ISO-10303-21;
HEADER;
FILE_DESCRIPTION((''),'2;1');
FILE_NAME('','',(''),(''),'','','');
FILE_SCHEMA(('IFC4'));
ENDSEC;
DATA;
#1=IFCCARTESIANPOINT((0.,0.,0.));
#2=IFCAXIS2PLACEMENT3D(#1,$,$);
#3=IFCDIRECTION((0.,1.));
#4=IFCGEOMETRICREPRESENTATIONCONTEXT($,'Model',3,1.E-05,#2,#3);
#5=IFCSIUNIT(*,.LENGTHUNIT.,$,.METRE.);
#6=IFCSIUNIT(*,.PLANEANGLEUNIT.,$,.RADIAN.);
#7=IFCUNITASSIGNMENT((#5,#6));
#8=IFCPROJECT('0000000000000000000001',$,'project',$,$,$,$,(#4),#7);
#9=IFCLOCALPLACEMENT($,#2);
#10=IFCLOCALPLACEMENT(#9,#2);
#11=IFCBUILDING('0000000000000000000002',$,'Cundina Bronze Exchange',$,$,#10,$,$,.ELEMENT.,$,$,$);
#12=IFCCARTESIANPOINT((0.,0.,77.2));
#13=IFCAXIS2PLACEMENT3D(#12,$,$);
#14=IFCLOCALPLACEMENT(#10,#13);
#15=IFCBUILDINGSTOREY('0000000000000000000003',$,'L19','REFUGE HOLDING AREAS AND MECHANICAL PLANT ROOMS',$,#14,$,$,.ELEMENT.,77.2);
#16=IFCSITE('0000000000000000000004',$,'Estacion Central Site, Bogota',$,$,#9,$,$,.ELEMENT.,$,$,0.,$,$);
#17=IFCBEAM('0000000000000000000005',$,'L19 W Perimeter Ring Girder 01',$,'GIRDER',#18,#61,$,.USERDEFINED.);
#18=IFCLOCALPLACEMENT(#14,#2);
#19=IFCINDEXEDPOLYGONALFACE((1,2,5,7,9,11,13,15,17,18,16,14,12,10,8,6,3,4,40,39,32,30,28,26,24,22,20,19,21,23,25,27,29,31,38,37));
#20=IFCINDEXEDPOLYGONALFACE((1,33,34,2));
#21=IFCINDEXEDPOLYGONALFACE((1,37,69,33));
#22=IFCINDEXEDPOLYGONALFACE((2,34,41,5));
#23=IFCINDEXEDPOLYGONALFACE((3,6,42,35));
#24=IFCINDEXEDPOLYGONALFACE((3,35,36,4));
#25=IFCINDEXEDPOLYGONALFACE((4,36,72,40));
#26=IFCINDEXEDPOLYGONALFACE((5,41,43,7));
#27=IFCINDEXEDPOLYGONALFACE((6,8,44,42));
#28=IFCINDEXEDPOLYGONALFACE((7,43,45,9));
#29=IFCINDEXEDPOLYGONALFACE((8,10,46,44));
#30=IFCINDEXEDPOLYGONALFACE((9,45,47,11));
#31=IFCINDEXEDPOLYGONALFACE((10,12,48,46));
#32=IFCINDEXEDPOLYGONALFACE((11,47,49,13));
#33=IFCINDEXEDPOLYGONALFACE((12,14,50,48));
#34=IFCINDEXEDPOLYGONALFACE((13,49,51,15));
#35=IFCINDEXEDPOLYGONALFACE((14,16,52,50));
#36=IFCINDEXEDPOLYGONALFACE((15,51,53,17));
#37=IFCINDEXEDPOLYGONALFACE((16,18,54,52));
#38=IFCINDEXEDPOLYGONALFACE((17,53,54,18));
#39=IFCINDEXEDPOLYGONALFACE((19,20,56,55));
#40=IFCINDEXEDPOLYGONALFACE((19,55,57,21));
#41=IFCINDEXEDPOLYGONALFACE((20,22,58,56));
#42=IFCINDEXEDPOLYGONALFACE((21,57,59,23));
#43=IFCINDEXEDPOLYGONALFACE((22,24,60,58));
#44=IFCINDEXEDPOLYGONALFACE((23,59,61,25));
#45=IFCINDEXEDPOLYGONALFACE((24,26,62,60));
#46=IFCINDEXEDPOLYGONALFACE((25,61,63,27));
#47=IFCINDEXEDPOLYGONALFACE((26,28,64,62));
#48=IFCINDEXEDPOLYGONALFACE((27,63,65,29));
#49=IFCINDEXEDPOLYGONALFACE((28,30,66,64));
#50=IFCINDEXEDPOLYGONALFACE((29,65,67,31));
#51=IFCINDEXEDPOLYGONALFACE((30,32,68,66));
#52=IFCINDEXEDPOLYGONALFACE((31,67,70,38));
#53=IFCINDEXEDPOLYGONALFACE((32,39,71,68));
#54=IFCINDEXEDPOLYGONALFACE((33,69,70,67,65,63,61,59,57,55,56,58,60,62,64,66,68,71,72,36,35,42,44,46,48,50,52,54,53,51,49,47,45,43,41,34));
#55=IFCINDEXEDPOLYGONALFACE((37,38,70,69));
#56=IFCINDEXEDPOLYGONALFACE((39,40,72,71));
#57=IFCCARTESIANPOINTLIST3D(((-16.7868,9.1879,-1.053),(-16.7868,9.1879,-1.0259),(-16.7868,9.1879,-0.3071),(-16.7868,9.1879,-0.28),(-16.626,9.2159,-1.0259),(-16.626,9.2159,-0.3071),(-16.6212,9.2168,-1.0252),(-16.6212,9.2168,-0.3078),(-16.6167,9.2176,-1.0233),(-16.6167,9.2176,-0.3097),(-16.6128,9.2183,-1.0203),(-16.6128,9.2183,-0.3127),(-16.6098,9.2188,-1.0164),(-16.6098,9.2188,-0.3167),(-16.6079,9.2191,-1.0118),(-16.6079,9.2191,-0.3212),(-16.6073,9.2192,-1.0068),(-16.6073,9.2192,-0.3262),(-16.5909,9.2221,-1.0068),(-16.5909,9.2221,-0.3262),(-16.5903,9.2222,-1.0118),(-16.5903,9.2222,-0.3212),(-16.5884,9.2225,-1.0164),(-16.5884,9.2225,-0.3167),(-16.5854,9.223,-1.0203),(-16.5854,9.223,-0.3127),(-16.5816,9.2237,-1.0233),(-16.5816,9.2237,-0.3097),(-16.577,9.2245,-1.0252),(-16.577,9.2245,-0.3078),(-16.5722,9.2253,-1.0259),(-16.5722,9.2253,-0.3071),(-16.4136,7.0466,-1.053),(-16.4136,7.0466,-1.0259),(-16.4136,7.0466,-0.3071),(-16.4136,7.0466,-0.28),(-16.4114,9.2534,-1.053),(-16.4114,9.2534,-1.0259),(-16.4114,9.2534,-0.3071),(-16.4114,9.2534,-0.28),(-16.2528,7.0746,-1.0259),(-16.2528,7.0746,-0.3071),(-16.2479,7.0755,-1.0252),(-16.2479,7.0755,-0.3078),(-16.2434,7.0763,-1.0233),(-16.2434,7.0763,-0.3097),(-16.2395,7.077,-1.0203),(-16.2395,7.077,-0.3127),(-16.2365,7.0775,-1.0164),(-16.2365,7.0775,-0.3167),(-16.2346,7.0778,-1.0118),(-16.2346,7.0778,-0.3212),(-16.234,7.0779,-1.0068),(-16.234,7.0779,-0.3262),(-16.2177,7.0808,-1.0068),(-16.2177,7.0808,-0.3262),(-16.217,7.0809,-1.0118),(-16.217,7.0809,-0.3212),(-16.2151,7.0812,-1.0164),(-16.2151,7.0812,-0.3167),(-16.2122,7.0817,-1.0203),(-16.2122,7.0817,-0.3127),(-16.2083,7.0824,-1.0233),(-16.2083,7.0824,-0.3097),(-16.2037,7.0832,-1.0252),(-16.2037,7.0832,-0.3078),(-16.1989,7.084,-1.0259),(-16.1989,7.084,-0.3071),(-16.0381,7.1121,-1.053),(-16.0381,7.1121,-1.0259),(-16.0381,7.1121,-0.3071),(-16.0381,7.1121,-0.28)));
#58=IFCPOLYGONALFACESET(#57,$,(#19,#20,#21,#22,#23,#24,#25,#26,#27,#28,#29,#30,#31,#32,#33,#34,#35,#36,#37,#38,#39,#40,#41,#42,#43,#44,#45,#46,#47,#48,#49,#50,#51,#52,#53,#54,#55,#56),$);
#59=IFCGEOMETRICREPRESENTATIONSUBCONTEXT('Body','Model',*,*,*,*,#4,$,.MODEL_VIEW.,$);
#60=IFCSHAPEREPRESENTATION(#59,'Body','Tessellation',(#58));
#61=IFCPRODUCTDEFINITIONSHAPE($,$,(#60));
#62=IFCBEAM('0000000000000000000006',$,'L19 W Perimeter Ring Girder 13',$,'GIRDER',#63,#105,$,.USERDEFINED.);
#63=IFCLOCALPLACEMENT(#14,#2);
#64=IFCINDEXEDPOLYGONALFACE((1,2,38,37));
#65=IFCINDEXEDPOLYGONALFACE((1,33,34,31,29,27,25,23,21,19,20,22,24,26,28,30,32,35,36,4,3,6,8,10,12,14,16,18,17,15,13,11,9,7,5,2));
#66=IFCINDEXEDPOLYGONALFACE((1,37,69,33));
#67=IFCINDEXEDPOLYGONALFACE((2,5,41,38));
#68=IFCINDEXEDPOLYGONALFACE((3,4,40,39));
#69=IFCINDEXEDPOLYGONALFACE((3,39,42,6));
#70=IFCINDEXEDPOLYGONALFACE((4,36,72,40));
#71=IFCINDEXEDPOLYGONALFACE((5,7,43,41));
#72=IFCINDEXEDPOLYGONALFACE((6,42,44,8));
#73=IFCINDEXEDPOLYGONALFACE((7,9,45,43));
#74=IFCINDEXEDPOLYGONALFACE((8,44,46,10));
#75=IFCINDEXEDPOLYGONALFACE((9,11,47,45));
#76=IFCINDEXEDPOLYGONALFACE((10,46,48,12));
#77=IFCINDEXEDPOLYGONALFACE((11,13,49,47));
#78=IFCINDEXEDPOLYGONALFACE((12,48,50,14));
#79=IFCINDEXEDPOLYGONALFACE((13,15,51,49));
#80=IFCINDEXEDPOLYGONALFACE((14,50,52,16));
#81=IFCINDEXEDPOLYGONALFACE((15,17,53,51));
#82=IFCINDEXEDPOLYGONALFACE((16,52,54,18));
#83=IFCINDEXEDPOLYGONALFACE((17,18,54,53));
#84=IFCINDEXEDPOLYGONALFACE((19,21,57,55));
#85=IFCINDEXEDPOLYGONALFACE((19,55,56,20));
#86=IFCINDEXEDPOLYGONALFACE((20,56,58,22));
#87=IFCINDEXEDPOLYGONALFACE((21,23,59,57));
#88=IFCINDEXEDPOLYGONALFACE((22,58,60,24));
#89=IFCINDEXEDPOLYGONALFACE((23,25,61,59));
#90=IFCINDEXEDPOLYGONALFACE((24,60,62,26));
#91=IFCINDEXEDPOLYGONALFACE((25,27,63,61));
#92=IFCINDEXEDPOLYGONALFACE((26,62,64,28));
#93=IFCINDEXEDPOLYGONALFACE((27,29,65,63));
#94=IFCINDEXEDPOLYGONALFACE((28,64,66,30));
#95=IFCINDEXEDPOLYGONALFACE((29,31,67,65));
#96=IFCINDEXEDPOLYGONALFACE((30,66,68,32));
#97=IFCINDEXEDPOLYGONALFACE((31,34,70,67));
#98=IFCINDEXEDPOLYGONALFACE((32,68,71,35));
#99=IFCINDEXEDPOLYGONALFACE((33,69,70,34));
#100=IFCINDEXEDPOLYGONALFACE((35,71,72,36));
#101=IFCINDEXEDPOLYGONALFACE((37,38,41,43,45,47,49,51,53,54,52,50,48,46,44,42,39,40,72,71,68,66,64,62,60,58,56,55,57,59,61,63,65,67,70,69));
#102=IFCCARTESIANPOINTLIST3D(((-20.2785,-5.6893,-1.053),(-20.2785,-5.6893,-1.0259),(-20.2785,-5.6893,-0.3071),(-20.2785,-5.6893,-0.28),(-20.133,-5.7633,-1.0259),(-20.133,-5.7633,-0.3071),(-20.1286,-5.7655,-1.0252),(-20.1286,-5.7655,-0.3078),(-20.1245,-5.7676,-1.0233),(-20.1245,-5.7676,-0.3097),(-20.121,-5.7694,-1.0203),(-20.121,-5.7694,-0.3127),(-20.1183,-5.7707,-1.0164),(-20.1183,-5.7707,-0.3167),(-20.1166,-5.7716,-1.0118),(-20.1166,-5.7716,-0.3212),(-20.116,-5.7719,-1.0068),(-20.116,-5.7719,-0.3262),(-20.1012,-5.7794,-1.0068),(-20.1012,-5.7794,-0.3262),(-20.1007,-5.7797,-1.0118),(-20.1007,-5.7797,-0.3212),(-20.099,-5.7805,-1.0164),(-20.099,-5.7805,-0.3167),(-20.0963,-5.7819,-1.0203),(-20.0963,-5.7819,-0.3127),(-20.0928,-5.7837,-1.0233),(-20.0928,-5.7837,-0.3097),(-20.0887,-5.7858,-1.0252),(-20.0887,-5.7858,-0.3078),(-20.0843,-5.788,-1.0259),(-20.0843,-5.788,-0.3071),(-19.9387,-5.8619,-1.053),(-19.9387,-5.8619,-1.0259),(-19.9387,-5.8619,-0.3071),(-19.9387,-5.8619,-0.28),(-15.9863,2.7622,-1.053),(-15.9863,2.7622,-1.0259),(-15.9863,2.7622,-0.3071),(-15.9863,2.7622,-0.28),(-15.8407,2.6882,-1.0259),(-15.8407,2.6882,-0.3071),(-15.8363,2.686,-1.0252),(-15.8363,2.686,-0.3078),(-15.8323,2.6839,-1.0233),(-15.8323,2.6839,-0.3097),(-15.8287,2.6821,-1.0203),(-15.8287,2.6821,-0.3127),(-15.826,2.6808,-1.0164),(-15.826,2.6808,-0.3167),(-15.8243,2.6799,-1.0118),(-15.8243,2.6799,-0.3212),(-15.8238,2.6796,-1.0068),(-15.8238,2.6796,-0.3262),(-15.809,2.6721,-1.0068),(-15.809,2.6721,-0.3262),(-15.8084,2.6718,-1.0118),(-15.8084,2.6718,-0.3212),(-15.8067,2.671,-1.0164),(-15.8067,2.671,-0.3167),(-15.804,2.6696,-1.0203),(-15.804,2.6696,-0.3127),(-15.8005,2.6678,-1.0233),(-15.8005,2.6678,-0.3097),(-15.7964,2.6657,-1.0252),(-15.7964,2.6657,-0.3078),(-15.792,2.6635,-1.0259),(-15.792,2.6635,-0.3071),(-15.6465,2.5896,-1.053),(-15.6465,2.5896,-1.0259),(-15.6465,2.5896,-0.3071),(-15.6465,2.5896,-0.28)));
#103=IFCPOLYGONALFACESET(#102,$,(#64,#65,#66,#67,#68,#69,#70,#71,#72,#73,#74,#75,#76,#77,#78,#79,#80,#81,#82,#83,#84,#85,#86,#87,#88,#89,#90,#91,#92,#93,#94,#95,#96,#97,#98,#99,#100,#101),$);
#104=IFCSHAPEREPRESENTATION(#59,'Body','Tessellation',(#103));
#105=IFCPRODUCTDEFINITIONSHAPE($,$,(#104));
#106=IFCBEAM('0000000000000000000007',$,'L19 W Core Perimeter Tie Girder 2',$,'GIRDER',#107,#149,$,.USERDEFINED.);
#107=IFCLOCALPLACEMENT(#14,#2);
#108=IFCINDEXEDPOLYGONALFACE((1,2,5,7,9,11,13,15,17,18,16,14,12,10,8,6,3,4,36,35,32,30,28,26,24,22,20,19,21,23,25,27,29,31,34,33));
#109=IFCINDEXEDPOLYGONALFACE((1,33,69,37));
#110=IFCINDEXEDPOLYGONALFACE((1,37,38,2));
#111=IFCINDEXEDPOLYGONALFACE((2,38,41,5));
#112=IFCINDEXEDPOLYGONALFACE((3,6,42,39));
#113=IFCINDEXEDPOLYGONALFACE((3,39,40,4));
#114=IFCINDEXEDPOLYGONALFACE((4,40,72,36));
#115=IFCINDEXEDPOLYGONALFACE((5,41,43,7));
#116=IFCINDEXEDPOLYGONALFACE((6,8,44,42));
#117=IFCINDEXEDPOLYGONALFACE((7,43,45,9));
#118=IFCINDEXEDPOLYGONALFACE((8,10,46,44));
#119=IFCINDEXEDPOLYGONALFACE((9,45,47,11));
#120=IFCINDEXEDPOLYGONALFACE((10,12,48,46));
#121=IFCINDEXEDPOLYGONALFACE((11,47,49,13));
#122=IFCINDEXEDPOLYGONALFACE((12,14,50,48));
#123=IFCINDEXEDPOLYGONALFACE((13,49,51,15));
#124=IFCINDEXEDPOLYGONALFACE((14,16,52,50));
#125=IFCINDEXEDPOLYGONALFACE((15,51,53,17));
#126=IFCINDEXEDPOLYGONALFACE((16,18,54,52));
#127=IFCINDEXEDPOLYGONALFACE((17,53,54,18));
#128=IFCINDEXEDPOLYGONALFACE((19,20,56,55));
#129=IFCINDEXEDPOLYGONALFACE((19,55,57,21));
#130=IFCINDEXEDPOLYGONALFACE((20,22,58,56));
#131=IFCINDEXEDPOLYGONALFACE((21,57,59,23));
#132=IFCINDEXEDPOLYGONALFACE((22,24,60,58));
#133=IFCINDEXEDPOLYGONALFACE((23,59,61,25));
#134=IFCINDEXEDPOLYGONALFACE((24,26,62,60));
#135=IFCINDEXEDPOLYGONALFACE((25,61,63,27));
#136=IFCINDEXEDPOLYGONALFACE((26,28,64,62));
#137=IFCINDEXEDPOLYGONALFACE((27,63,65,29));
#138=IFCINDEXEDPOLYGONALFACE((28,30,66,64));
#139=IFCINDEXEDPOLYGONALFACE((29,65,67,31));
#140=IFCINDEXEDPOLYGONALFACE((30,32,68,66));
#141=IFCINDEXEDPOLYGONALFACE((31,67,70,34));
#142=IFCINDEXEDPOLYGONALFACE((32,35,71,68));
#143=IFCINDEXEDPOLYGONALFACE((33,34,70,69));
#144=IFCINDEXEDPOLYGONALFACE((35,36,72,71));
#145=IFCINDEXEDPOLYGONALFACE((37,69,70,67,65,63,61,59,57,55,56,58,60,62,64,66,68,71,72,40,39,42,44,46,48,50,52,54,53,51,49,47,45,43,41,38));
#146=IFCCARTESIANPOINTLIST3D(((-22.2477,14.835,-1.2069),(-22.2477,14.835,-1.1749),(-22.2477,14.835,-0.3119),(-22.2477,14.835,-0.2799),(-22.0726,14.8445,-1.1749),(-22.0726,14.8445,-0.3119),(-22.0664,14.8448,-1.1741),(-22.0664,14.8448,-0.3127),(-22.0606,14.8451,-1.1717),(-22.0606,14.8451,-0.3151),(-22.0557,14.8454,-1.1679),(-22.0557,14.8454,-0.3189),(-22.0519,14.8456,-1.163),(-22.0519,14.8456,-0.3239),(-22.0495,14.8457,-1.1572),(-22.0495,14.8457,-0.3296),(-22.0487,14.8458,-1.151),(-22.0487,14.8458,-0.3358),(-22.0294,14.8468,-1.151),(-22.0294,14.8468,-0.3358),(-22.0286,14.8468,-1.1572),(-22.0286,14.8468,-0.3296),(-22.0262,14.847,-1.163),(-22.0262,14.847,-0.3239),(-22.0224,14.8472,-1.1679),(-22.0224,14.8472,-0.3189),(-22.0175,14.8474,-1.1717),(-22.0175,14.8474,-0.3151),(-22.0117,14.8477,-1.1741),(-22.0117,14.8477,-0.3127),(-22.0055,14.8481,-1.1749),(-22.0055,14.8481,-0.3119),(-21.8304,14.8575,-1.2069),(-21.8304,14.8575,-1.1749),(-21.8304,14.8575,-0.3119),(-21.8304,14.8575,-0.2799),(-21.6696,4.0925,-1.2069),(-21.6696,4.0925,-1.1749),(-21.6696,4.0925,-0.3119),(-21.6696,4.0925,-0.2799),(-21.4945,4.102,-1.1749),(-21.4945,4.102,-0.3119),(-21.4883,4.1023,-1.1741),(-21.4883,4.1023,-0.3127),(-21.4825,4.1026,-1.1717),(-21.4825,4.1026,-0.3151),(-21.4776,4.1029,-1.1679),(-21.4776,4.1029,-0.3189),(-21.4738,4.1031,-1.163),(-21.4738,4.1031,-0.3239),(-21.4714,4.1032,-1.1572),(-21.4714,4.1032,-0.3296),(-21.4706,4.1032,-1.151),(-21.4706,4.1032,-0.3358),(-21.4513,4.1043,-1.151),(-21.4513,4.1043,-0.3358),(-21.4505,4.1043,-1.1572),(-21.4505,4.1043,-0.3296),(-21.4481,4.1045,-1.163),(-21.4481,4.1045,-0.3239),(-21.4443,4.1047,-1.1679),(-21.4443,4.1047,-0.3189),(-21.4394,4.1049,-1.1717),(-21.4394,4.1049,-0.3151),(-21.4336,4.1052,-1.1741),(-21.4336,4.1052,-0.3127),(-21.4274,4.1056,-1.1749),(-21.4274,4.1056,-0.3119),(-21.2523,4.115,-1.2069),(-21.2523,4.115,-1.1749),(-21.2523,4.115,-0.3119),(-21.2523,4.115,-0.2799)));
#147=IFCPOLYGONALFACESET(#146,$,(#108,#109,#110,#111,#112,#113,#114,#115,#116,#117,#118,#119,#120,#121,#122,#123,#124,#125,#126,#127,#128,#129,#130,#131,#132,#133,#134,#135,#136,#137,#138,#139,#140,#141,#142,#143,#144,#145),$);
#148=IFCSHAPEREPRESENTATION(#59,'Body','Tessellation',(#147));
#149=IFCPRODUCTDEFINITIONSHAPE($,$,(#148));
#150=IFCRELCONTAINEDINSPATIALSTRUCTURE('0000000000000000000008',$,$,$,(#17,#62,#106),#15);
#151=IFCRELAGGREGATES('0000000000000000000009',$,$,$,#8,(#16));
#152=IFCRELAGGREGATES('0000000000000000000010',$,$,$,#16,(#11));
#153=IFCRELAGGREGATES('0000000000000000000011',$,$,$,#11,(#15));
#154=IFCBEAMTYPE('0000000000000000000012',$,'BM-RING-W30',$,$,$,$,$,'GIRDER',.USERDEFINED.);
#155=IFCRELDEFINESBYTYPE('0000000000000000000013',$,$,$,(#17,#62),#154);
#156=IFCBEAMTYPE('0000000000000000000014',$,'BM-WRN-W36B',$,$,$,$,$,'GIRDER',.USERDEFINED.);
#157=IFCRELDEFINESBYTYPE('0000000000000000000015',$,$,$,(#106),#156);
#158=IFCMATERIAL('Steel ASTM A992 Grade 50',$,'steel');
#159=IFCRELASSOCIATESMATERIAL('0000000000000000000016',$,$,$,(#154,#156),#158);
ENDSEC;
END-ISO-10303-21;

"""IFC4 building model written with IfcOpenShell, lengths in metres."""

from ifc_helpers import new_model, si_unit, direction, frame, origin, origin_2d, place, context, subcontext, project, spatial, i_section, extrude, material, material_profile, profile_set, type_object, element, save


model = new_model("IFC4")

# Units and contexts
model_context = context("Model", 3, precision=1e-05, world=origin(), true_north=direction((0.0, 1.0)))
body_context = subcontext(model_context, "Body", "Model", "MODEL_VIEW")
ifc_project = project(units=[si_unit("LENGTHUNIT", "METRE"), si_unit("PLANEANGLEUNIT", "RADIAN")], contexts=[model_context])

# Site, building, storey
site_placement = place(None, origin())
site = spatial("IfcSite", under=ifc_project, at=site_placement, Name="Estacion Central Site, Bogota", CompositionType="ELEMENT", RefElevation=0.0)
building_placement = place(site_placement, origin())
building = spatial("IfcBuilding", under=site, at=building_placement, Name="Cundina Bronze Exchange", CompositionType="ELEMENT")
storey_placement = place(building_placement, frame((0.0, 0.0, 77.2)))
storey = spatial("IfcBuildingStorey", under=building, at=storey_placement, Name="L19", Description="REFUGE HOLDING AREAS AND MECHANICAL PLANT ROOMS", CompositionType="ELEMENT", Elevation=77.2)

# Shared definitions
ifc_material_1 = material(Name="Steel ASTM A992 Grade 50", Category="steel")

# Beams
ifc_material_profile_1 = material_profile(ifc_material_1, i_section(OverallWidth=0.3811, OverallDepth=0.7729, WebThickness=0.0166, FlangeThickness=0.0271, FilletRadius=0.019, at=origin_2d()), Name="W30X173", Category="steel")
ifc_profile_set_1 = profile_set([ifc_material_profile_1], Name="Steel ASTM A992 Grade 50")
beam_type_1 = type_object("IfcBeamType", Name="BM-RING-W30", ElementType="GIRDER", PredefinedType="USERDEFINED", material=ifc_profile_set_1)
for number, where, z_axis, x_axis, name in (
    (1, (-16.2258, 7.0793, -0.6665), (-0.171735, 0.985143, 0.0), (-0.985143, -0.171735, 0.0), "L19 W Perimeter Ring Girder 01"),
):
    element("IfcBeam", number, at=place(storey_placement, frame(where, z_axis=z_axis, x_axis=x_axis)), inside=storey, type_object=beam_type_1, Name=name, ObjectType="GIRDER", PredefinedType="USERDEFINED", context=body_context, shape_type="SweptSolid", body=[
        extrude(i_section(OverallWidth=0.3811, OverallDepth=0.7729, WebThickness=0.0166, FlangeThickness=0.0271, FilletRadius=0.019, at=origin_2d()), origin(), (0.0, 0.0, 1.0), 2.1736),
    ])
beam_1_placement = place(storey_placement, frame((-20.1086, -5.7756, -0.6665), z_axis=(0.45282, 0.891602, 0.0), x_axis=(-0.891602, 0.45282, 0.0)))
element("IfcBeam", 2, at=beam_1_placement, inside=storey, type_object=beam_type_1, Name="L19 W Perimeter Ring Girder 13", ObjectType="GIRDER", PredefinedType="USERDEFINED", context=body_context, shape_type="SweptSolid", body=[
    extrude(i_section(OverallWidth=0.3811, OverallDepth=0.7729, WebThickness=0.0166, FlangeThickness=0.0271, FilletRadius=0.019, at=origin_2d()), origin(), (0.0, 0.0, 1.0), 9.479),
])
ifc_material_profile_2 = material_profile(ifc_material_1, i_section(OverallWidth=0.418, OverallDepth=0.927, WebThickness=0.0193, FlangeThickness=0.032, FilletRadius=0.0239, at=origin_2d()), Name="W36X231", Category="steel")
ifc_profile_set_2 = profile_set([ifc_material_profile_2], Name="Steel ASTM A992 Grade 50")
beam_type_2 = type_object("IfcBeamType", Name="BM-WRN-W36B", ElementType="GIRDER", PredefinedType="USERDEFINED", material=ifc_profile_set_2)
beam_2_placement = place(storey_placement, frame((-21.4609, 4.1038, -0.7434), z_axis=(-0.053739, 0.998555, 0.0), x_axis=(-0.998555, -0.053739, 0.0)))
element("IfcBeam", 3, at=beam_2_placement, inside=storey, type_object=beam_type_2, Name="L19 W Core Perimeter Tie Girder 2", ObjectType="GIRDER", PredefinedType="USERDEFINED", context=body_context, shape_type="SweptSolid", body=[
    extrude(i_section(OverallWidth=0.418, OverallDepth=0.927, WebThickness=0.0193, FlangeThickness=0.032, FilletRadius=0.0239, at=origin_2d()), origin(), (0.0, 0.0, 1.0), 10.7581),
])

save(model, "model.ifc")
